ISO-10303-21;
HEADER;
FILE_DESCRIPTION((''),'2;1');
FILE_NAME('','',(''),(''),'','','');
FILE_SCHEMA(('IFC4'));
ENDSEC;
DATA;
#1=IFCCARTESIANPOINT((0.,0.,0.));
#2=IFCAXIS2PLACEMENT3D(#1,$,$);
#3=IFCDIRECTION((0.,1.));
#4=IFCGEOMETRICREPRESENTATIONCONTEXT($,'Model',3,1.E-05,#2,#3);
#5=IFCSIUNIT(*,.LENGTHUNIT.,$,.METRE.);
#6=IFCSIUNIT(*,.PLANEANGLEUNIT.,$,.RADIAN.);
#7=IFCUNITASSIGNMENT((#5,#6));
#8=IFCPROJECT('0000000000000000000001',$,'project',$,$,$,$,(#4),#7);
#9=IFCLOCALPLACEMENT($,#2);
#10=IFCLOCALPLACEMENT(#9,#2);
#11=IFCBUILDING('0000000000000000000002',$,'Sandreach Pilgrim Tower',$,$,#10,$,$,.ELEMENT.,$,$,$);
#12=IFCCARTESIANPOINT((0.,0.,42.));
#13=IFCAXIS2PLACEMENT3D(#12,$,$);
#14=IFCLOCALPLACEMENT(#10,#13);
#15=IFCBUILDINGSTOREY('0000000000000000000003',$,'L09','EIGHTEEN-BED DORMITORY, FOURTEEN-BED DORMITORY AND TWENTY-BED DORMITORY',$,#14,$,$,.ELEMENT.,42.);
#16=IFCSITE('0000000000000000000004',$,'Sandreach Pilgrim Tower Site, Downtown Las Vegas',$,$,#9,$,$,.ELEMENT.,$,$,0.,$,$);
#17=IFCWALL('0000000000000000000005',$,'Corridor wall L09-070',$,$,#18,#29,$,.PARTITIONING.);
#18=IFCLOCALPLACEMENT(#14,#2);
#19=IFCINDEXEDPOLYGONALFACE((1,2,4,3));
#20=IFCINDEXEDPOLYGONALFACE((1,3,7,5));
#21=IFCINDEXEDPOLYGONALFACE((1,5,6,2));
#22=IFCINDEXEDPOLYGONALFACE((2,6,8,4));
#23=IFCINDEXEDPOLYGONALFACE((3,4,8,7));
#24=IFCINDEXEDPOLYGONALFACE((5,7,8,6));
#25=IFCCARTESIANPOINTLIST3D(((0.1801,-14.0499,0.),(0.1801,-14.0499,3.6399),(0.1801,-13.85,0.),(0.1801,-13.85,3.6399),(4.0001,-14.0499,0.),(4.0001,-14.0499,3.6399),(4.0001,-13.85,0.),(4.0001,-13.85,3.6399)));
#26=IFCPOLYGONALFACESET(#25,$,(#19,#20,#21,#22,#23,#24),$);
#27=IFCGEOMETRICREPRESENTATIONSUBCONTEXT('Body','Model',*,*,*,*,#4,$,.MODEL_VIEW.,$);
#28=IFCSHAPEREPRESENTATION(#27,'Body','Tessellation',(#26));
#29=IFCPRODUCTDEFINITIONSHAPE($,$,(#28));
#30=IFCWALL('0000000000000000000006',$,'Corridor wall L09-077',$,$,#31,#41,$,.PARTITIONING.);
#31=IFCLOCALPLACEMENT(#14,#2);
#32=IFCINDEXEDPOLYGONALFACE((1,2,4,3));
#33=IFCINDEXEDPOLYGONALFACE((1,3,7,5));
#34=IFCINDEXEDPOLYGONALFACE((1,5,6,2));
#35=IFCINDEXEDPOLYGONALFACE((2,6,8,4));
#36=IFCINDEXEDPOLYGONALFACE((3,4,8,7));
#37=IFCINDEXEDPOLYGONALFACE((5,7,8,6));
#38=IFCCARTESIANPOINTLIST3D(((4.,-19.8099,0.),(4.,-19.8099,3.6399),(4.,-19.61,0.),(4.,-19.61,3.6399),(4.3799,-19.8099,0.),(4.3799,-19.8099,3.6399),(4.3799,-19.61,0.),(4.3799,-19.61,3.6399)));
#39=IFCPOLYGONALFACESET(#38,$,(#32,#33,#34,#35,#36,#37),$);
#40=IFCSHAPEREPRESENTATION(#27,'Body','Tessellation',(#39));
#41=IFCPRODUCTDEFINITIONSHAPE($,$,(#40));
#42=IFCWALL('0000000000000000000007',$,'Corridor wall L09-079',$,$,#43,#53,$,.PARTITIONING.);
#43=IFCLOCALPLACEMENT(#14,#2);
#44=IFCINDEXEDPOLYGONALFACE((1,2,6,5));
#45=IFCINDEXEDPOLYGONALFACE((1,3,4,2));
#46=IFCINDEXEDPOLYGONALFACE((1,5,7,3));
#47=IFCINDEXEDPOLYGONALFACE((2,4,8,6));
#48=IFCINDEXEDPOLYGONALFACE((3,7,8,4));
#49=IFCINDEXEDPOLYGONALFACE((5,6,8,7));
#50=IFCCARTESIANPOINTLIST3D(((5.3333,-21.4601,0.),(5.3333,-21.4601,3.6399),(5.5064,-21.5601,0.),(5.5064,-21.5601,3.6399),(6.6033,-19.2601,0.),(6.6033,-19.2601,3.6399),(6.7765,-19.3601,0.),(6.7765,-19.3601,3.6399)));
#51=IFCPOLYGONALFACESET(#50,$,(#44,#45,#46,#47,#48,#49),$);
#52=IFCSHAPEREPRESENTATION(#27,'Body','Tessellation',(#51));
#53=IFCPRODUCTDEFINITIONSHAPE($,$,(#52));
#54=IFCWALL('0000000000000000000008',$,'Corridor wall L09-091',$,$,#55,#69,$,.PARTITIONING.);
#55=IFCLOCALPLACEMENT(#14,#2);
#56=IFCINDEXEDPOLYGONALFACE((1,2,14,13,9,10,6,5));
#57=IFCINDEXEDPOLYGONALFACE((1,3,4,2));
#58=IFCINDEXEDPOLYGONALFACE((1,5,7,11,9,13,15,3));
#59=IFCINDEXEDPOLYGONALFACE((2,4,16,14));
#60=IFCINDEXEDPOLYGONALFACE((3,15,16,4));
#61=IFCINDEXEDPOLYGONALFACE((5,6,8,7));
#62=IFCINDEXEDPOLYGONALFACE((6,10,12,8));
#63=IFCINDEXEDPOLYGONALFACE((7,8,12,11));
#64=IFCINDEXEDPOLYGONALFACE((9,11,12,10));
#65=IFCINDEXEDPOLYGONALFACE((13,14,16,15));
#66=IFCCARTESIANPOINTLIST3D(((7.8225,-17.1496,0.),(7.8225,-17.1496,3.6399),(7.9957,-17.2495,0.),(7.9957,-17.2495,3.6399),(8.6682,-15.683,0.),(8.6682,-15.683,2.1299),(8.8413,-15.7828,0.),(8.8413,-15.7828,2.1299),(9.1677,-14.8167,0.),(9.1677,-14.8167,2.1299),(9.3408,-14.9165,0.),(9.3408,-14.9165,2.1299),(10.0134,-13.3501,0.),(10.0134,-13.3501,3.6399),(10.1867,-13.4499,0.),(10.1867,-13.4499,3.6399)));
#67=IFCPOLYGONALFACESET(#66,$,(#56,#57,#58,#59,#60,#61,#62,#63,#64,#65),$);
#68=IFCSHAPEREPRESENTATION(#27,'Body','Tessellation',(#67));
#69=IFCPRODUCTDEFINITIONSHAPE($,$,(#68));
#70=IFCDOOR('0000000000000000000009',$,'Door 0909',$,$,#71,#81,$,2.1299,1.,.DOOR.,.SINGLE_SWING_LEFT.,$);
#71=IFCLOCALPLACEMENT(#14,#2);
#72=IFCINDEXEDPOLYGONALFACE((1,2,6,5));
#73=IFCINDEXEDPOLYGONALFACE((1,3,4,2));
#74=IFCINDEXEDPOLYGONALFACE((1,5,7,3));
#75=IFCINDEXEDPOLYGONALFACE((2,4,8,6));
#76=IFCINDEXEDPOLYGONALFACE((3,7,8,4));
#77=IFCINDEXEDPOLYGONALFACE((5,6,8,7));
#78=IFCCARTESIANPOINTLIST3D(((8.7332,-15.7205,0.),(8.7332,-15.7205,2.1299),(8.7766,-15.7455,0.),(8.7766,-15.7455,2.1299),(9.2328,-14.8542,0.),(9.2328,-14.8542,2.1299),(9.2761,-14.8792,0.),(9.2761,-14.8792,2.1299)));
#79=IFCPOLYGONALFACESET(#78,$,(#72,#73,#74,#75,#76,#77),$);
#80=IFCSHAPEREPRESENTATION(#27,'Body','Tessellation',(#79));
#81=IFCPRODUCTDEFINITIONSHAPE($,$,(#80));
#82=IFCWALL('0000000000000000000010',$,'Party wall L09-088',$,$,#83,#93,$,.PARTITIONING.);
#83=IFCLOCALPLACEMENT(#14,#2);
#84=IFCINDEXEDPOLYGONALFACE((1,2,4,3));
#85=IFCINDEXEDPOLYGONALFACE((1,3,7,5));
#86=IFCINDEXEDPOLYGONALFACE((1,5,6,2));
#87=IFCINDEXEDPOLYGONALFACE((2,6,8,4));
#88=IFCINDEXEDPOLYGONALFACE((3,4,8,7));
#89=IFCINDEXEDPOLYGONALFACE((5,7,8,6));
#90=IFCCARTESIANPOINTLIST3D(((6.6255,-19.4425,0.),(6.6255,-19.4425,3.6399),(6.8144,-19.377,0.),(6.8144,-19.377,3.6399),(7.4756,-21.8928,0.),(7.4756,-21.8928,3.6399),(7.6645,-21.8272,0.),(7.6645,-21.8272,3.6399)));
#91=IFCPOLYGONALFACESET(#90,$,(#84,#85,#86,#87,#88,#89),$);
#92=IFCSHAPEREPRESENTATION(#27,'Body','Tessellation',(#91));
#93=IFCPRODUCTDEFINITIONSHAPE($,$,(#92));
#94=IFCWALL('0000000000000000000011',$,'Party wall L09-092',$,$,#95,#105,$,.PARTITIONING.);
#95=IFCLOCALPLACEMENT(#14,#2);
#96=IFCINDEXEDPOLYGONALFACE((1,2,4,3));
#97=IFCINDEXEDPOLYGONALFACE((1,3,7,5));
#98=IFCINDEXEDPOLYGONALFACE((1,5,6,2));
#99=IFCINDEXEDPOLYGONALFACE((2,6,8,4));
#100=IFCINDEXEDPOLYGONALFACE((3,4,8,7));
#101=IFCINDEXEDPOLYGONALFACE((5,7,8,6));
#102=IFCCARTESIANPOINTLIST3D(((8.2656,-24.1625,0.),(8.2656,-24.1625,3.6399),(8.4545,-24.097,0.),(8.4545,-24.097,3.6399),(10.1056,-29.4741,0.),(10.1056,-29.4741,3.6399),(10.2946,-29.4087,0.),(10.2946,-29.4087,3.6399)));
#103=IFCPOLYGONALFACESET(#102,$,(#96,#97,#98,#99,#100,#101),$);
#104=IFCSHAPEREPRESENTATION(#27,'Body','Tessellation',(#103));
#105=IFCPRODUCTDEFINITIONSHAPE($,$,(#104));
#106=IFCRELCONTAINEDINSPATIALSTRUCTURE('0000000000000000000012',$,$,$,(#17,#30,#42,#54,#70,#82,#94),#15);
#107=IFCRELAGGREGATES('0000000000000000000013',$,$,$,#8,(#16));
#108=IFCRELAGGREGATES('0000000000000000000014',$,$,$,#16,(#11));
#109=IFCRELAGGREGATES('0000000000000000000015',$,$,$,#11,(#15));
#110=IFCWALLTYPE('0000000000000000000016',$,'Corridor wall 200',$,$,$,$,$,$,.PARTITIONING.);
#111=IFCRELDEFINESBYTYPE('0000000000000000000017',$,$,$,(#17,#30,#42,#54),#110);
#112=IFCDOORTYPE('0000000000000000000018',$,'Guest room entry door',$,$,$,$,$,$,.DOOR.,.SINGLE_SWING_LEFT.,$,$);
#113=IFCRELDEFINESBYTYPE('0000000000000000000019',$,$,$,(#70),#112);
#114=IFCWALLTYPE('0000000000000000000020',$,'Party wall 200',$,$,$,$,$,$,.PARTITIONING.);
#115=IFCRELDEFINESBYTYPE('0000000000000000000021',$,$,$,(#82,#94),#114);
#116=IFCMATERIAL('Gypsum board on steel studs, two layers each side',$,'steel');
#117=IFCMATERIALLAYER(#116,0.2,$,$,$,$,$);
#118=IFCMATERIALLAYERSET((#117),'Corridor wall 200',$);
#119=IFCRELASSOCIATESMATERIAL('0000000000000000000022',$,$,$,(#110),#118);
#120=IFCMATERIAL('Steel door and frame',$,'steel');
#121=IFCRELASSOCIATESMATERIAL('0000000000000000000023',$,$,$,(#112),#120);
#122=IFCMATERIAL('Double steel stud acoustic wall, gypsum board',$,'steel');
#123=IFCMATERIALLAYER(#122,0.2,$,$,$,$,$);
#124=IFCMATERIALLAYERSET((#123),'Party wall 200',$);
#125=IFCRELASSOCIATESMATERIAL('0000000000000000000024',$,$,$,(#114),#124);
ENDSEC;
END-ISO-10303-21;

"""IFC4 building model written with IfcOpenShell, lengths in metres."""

from ifc_helpers import new_model, si_unit, direction, frame, frame_2d, origin, place, context, subcontext, project, spatial, rectangle, extrude, material, layer, layer_set, type_object, element, fill, save


model = new_model("IFC4")

# Units and contexts
model_context = context("Model", 3, precision=1e-05, world=origin(), true_north=direction((0.0, 1.0)))
body_context = subcontext(model_context, "Body", "Model", "MODEL_VIEW")
ifc_project = project(units=[si_unit("LENGTHUNIT", "METRE"), si_unit("PLANEANGLEUNIT", "RADIAN")], contexts=[model_context])

# Site, building, storey
site_placement = place(None, origin())
site = spatial("IfcSite", under=ifc_project, at=site_placement, Name="Sandreach Pilgrim Tower Site, Downtown Las Vegas", CompositionType="ELEMENT", RefElevation=0.0)
building_placement = place(site_placement, origin())
building = spatial("IfcBuilding", under=site, at=building_placement, Name="Sandreach Pilgrim Tower", CompositionType="ELEMENT")
storey_placement = place(building_placement, frame((0.0, 0.0, 42.0)))
storey = spatial("IfcBuildingStorey", under=building, at=storey_placement, Name="L09", Description="EIGHTEEN-BED DORMITORY, FOURTEEN-BED DORMITORY AND TWENTY-BED DORMITORY", CompositionType="ELEMENT", Elevation=42.0)

# Shared definitions
ifc_material_1 = material(Name="Gypsum board on steel studs, two layers each side", Category="steel")
ifc_layer_1 = layer(ifc_material_1, 0.2)
ifc_layer_set_1 = layer_set([ifc_layer_1], Name="Corridor wall 200")
wall_type_1 = type_object("IfcWallType", Name="Corridor wall 200", PredefinedType="PARTITIONING", material=ifc_layer_set_1)
ifc_material_2 = material(Name="Steel door and frame", Category="steel")
door_type_1 = type_object("IfcDoorType", Name="Guest room entry door", OperationType="SINGLE_SWING_LEFT", PredefinedType="DOOR", material=ifc_material_2)

# Wall
wall_1_placement = place(storey_placement, frame((0.1799, -13.95, 0.0), z_axis=(0.0, 0.0, 1.0), x_axis=(1.0, 0.0, 0.0)))
element("IfcWall", 1, at=wall_1_placement, inside=storey, type_object=wall_type_1, Name="Corridor wall L09-070", PredefinedType="PARTITIONING", context=body_context, shape_type="SweptSolid", body=[
    extrude(rectangle(XDim=3.8201, YDim=0.2, at=frame_2d((1.9102, 0.0))), origin(), (0.0, 0.0, 1.0), 3.6399),
])

# Walls
wall_2_placement = place(storey_placement, frame((4.3799, -19.71, 0.0), z_axis=(0.0, 0.0, 1.0), x_axis=(-1.0, 0.0, 0.0)))
element("IfcWall", 2, at=wall_2_placement, inside=storey, type_object=wall_type_1, Name="Corridor wall L09-077", PredefinedType="PARTITIONING", context=body_context, shape_type="SweptSolid", body=[
    extrude(rectangle(XDim=0.3799, YDim=0.2, at=frame_2d((0.1899, 0.0))), origin(), (0.0, 0.0, 1.0), 3.6399),
])
wall_3_placement = place(storey_placement, frame((5.4199, -21.51, 0.0), z_axis=(0.0, 0.0, 1.0), x_axis=(0.499964, 0.866046, 0.0)))
element("IfcWall", 3, at=wall_3_placement, inside=storey, type_object=wall_type_1, Name="Corridor wall L09-079", PredefinedType="PARTITIONING", context=body_context, shape_type="SweptSolid", body=[
    extrude(rectangle(XDim=2.5403, YDim=0.2, at=frame_2d((1.27, 0.0))), origin(), (0.0, 0.0, 1.0), 3.6399),
])

# Wall, opening, door
wall_4_placement = place(storey_placement, frame((7.9092, -17.1995, 0.0), z_axis=(0.0, 0.0, 1.0), x_axis=(0.499528, 0.866298, 0.0)))
wall_4 = element("IfcWall", 4, at=wall_4_placement, inside=storey, type_object=wall_type_1, Name="Corridor wall L09-091", PredefinedType="PARTITIONING", context=body_context, shape_type="SweptSolid", body=[
    extrude(rectangle(XDim=4.386, YDim=0.2, at=frame_2d((2.1929, 0.0))), origin(), (0.0, 0.0, 1.0), 3.6399),
])
opening_1_placement = place(wall_4_placement, frame((1.6929, 0.0, 0.0)))
opening_1 = element("IfcOpeningElement", 5, at=opening_1_placement, cuts=wall_4, PredefinedType="OPENING", context=body_context, shape_type="SweptSolid", body=[
    extrude(rectangle(XDim=1.0, YDim=2.1299, at=frame_2d((0.5, 1.0649))), frame((0.0, 0.1001, 0.0), z_axis=(0.0, -1.0, 0.0), x_axis=(1.0, 0.0, 0.0)), (0.0, 0.0, 1.0), 0.2),
])
door_1_placement = place(opening_1_placement, origin())
door_1 = element("IfcDoor", 6, at=door_1_placement, inside=storey, type_object=door_type_1, Name="Door 0909", OperationType="SINGLE_SWING_LEFT", OverallHeight=2.1299, OverallWidth=1.0, PredefinedType="DOOR", context=body_context, shape_type="SweptSolid", body=[
    extrude(rectangle(XDim=1.0, YDim=2.1299, at=frame_2d((0.5, 1.0649))), frame((0.0, 0.0249, 0.0), z_axis=(0.0, -1.0, 0.0), x_axis=(1.0, 0.0, 0.0)), (0.0, 0.0, 1.0), 0.05),
])
fill(opening_1, door_1)

# Walls
ifc_material_3 = material(Name="Double steel stud acoustic wall, gypsum board", Category="steel")
ifc_layer_2 = layer(ifc_material_3, 0.2)
ifc_layer_set_2 = layer_set([ifc_layer_2], Name="Party wall 200")
wall_type_2 = type_object("IfcWallType", Name="Party wall 200", PredefinedType="PARTITIONING", material=ifc_layer_set_2)
wall_5_placement = place(storey_placement, frame((7.5701, -21.8601, 0.0), z_axis=(0.0, 0.0, 1.0), x_axis=(-0.327783, 0.944753, 0.0)))
element("IfcWall", 7, at=wall_5_placement, inside=storey, type_object=wall_type_2, Name="Party wall L09-088", PredefinedType="PARTITIONING", context=body_context, shape_type="SweptSolid", body=[
    extrude(rectangle(XDim=2.5935, YDim=0.2, at=frame_2d((1.2969, 0.0))), origin(), (0.0, 0.0, 1.0), 3.6399),
])
wall_6_placement = place(storey_placement, frame((8.3601, -24.1299, 0.0), z_axis=(0.0, 0.0, 1.0), x_axis=(0.327333, -0.944909, 0.0)))
element("IfcWall", 8, at=wall_6_placement, inside=storey, type_object=wall_type_2, Name="Party wall L09-092", PredefinedType="PARTITIONING", context=body_context, shape_type="SweptSolid", body=[
    extrude(rectangle(XDim=5.6213, YDim=0.2, at=frame_2d((2.8105, 0.0))), origin(), (0.0, 0.0, 1.0), 3.6399),
])

save(model, "model.ifc")
